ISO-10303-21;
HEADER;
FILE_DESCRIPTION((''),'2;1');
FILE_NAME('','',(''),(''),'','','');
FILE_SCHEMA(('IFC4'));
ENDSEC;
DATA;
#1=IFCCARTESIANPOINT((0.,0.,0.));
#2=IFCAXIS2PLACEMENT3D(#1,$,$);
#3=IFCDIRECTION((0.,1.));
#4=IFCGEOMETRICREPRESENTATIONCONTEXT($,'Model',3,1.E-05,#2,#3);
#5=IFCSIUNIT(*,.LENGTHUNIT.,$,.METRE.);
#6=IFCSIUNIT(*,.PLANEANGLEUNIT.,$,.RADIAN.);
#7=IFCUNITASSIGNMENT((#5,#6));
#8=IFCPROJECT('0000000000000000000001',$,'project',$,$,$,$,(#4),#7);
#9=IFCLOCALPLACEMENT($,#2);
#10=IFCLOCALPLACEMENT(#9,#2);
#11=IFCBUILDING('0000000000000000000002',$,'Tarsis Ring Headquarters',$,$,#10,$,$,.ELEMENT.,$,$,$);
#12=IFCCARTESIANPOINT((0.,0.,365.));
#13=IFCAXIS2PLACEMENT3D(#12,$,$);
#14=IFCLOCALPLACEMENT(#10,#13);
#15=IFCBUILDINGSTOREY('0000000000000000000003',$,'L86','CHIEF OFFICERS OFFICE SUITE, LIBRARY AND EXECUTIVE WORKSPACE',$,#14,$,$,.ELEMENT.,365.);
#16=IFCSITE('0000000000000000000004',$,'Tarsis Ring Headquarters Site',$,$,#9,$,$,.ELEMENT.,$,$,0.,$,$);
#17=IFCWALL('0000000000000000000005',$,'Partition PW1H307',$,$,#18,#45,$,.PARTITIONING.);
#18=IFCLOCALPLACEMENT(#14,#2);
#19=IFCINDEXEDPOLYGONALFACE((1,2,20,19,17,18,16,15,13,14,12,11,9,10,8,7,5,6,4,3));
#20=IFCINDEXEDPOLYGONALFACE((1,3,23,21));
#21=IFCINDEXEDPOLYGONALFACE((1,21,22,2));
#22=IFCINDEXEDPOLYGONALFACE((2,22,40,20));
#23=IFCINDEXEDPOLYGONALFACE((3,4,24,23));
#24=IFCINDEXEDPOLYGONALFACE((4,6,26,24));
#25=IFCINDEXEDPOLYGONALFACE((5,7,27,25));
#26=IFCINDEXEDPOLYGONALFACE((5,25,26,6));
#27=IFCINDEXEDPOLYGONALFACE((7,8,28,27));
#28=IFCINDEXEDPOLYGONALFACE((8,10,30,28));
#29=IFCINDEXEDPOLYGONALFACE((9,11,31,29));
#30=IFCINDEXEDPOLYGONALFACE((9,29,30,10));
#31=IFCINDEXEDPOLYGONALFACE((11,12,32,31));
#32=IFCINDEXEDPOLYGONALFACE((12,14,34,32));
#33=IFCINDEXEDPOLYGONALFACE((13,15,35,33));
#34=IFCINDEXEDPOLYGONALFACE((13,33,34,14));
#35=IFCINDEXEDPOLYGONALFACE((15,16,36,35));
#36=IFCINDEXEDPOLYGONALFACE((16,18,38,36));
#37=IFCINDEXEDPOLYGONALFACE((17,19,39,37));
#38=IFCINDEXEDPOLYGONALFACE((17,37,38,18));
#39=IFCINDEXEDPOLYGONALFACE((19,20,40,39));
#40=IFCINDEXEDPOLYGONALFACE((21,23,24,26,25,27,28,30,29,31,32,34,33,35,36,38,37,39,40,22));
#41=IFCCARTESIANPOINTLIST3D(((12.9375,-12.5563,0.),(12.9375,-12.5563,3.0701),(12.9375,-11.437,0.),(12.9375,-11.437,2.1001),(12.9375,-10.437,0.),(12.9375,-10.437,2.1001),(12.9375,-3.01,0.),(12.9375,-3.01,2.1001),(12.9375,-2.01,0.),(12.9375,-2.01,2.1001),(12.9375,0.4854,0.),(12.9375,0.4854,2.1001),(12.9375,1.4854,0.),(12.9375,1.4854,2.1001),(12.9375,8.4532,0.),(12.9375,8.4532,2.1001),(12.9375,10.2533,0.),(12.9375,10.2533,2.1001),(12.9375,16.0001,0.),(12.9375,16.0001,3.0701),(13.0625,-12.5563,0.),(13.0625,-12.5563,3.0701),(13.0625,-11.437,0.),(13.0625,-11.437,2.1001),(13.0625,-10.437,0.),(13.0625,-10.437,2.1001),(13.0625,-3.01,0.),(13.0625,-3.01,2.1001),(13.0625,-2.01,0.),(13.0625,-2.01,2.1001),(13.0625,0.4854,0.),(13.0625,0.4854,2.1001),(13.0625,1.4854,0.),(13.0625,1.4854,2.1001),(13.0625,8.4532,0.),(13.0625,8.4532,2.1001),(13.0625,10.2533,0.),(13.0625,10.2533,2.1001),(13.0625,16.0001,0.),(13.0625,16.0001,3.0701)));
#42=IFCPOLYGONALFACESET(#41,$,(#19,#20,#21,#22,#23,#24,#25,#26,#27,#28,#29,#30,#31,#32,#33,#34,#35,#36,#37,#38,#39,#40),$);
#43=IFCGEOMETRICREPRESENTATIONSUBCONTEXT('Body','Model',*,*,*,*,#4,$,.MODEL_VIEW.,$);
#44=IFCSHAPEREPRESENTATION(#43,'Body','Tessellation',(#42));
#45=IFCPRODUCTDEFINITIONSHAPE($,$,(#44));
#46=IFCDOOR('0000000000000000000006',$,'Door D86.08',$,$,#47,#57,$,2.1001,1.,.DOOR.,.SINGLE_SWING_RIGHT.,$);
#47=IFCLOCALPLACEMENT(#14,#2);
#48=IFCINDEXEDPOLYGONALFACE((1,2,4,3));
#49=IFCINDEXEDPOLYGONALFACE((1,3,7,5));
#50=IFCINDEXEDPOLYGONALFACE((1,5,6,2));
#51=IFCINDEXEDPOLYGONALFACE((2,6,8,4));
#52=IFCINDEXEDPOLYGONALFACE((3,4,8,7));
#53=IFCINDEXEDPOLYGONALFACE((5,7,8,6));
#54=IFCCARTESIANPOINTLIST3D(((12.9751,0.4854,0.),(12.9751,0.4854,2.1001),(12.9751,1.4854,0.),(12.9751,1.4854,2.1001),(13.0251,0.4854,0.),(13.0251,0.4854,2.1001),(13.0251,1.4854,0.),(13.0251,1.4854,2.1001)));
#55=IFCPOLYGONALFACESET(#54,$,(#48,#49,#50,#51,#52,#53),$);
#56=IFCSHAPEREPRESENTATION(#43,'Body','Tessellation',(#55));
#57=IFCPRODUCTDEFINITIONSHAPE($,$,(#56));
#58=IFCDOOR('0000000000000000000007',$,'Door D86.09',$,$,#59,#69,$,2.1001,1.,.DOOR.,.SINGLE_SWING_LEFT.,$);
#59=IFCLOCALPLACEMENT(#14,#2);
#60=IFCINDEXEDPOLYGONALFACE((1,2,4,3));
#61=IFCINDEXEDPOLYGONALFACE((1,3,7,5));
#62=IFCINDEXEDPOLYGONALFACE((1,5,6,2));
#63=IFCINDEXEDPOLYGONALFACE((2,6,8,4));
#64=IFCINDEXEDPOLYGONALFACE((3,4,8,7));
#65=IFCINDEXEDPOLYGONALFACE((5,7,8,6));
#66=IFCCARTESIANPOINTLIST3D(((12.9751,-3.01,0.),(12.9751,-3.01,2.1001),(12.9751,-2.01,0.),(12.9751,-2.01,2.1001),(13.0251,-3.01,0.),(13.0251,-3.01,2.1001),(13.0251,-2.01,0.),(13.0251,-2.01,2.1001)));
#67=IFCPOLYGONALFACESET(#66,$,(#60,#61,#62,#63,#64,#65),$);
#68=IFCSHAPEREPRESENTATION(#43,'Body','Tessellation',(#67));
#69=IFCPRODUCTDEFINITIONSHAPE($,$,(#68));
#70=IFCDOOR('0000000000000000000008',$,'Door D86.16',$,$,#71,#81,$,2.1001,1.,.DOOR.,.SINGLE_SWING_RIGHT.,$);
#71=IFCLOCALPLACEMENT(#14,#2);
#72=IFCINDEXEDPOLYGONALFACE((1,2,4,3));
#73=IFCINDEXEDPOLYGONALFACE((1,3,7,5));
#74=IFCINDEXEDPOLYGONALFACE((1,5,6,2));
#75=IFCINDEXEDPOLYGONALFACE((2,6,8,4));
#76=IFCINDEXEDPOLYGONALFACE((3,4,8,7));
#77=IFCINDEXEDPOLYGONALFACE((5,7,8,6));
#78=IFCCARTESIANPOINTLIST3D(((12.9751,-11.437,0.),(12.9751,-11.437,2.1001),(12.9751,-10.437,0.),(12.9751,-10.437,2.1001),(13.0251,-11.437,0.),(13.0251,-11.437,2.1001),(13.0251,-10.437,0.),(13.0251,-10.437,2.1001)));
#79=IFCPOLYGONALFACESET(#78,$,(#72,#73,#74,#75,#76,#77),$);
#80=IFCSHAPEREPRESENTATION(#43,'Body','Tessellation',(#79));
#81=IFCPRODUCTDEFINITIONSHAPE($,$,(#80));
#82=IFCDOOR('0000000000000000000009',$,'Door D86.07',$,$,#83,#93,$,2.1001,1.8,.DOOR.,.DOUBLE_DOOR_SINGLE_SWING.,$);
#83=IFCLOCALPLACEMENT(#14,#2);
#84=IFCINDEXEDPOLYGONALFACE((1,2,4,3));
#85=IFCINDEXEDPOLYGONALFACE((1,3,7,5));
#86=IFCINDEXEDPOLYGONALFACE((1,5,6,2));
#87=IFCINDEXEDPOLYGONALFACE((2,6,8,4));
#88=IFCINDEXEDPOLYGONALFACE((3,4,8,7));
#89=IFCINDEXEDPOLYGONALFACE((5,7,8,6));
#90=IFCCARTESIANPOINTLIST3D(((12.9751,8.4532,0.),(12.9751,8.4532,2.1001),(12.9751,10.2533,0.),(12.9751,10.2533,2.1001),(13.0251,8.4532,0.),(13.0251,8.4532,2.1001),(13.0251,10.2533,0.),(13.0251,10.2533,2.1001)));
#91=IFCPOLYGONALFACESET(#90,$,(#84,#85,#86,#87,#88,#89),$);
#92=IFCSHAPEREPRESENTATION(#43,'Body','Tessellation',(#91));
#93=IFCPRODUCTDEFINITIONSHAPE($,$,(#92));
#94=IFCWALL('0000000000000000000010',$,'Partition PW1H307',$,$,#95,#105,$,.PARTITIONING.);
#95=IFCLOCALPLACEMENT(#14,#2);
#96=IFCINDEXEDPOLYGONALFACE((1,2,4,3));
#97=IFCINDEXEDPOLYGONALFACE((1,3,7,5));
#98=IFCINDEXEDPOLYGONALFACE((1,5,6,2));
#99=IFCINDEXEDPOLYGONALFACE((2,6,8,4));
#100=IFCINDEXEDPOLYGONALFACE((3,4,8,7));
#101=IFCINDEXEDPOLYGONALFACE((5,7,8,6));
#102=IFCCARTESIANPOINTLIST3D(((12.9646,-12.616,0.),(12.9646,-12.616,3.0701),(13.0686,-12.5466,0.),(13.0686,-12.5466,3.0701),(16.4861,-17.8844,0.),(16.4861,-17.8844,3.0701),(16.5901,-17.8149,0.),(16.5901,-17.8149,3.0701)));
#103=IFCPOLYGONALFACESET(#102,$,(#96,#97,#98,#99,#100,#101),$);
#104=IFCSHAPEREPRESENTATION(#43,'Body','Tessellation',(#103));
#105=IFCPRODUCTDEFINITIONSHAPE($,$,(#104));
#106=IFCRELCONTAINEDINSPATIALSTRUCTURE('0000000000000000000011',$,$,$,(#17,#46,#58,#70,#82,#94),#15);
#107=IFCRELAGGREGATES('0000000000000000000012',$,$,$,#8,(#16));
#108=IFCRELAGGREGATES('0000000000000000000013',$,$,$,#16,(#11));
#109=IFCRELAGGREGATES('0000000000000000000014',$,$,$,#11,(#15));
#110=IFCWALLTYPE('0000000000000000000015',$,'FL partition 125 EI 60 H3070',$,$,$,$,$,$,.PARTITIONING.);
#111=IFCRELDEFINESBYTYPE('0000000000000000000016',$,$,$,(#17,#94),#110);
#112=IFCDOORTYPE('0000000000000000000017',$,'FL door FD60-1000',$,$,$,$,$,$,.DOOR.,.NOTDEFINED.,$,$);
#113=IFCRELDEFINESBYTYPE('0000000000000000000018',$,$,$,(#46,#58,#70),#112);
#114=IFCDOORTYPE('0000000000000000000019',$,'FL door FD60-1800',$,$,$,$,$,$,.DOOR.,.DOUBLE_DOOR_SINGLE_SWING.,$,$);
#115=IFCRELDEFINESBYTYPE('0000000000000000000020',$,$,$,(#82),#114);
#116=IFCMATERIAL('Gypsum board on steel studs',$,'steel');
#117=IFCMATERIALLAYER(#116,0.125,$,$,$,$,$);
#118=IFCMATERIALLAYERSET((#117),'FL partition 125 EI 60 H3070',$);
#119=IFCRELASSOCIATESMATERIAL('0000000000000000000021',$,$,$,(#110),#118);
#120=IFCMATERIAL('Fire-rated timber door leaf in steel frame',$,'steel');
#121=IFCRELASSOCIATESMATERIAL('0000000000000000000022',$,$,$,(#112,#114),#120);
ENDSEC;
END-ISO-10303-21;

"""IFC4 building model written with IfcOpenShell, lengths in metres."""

from ifc_helpers import new_model, si_unit, direction, frame, frame_2d, origin, place, context, subcontext, project, spatial, rectangle, extrude, material, layer, layer_set, type_object, element, fill, save


model = new_model("IFC4")

# Units and contexts
model_context = context("Model", 3, precision=1e-05, world=origin(), true_north=direction((0.0, 1.0)))
body_context = subcontext(model_context, "Body", "Model", "MODEL_VIEW")
ifc_project = project(units=[si_unit("LENGTHUNIT", "METRE"), si_unit("PLANEANGLEUNIT", "RADIAN")], contexts=[model_context])

# Site, building, storey
site_placement = place(None, origin())
site = spatial("IfcSite", under=ifc_project, at=site_placement, Name="Tarsis Ring Headquarters Site", CompositionType="ELEMENT", RefElevation=0.0)
building_placement = place(site_placement, origin())
building = spatial("IfcBuilding", under=site, at=building_placement, Name="Tarsis Ring Headquarters", CompositionType="ELEMENT")
storey_placement = place(building_placement, frame((0.0, 0.0, 365.0)))
storey = spatial("IfcBuildingStorey", under=building, at=storey_placement, Name="L86", Description="CHIEF OFFICERS OFFICE SUITE, LIBRARY AND EXECUTIVE WORKSPACE", CompositionType="ELEMENT", Elevation=365.0)

# Shared definitions
ifc_material_1 = material(Name="Gypsum board on steel studs", Category="steel")

# Wall, openings, doors
ifc_layer_1 = layer(ifc_material_1, 0.125)
ifc_layer_set_1 = layer_set([ifc_layer_1], Name="FL partition 125 EI 60 H3070")
wall_type_1 = type_object("IfcWallType", Name="FL partition 125 EI 60 H3070", PredefinedType="PARTITIONING", material=ifc_layer_set_1)
wall_1_placement = place(storey_placement, frame((13.0, -12.5564, 0.0), z_axis=(0.0, 0.0, 1.0), x_axis=(0.0, 1.0, 0.0)))
wall_1 = element("IfcWall", 1, at=wall_1_placement, inside=storey, type_object=wall_type_1, Name="Partition PW1H307", PredefinedType="PARTITIONING", context=body_context, shape_type="SweptSolid", body=[
    extrude(rectangle(XDim=28.5564, YDim=0.125, at=frame_2d((14.2783, 0.0))), origin(), (0.0, 0.0, 1.0), 3.0701),
])
opening_1_placement = place(wall_1_placement, frame((21.0098, 0.0, 0.0)))
opening_1 = element("IfcOpeningElement", 2, at=opening_1_placement, cuts=wall_1, PredefinedType="OPENING", context=body_context, shape_type="SweptSolid", body=[
    extrude(rectangle(XDim=1.8, YDim=2.1001, at=frame_2d((0.8999, 1.05))), frame((0.0, 0.0725, 0.0), z_axis=(0.0, -1.0, 0.0), x_axis=(1.0, 0.0, 0.0)), (0.0, 0.0, 1.0), 0.145),
])
opening_2_placement = place(wall_1_placement, frame((13.0417, 0.0, 0.0)))
opening_2 = element("IfcOpeningElement", 3, at=opening_2_placement, cuts=wall_1, PredefinedType="OPENING", context=body_context, shape_type="SweptSolid", body=[
    extrude(rectangle(XDim=1.0, YDim=2.1001, at=frame_2d((0.5, 1.05))), frame((0.0, 0.0725, 0.0), z_axis=(0.0, -1.0, 0.0), x_axis=(1.0, 0.0, 0.0)), (0.0, 0.0, 1.0), 0.145),
])
opening_3_placement = place(wall_1_placement, frame((9.5464, 0.0, 0.0)))
opening_3 = element("IfcOpeningElement", 4, at=opening_3_placement, cuts=wall_1, PredefinedType="OPENING", context=body_context, shape_type="SweptSolid", body=[
    extrude(rectangle(XDim=1.0, YDim=2.1001, at=frame_2d((0.5, 1.05))), frame((0.0, 0.0725, 0.0), z_axis=(0.0, -1.0, 0.0), x_axis=(1.0, 0.0, 0.0)), (0.0, 0.0, 1.0), 0.145),
])
opening_4_placement = place(wall_1_placement, frame((1.1194, 0.0, 0.0)))
opening_4 = element("IfcOpeningElement", 5, at=opening_4_placement, cuts=wall_1, PredefinedType="OPENING", context=body_context, shape_type="SweptSolid", body=[
    extrude(rectangle(XDim=1.0, YDim=2.1001, at=frame_2d((0.5, 1.05))), frame((0.0, 0.0725, 0.0), z_axis=(0.0, -1.0, 0.0), x_axis=(1.0, 0.0, 0.0)), (0.0, 0.0, 1.0), 0.145),
])
ifc_material_2 = material(Name="Fire-rated timber door leaf in steel frame", Category="steel")
door_type_1 = type_object("IfcDoorType", Name="FL door FD60-1000", OperationType="NOTDEFINED", PredefinedType="DOOR", material=ifc_material_2)
door_1_placement = place(opening_2_placement, origin())
door_1 = element("IfcDoor", 6, at=door_1_placement, inside=storey, type_object=door_type_1, Name="Door D86.08", OperationType="SINGLE_SWING_RIGHT", OverallHeight=2.1001, OverallWidth=1.0, PredefinedType="DOOR", context=body_context, shape_type="SweptSolid", body=[
    extrude(rectangle(XDim=1.0, YDim=2.1001, at=frame_2d((0.5, 1.05))), frame((0.0, 0.0249, 0.0), z_axis=(0.0, -1.0, 0.0), x_axis=(1.0, 0.0, 0.0)), (0.0, 0.0, 1.0), 0.05),
])
fill(opening_2, door_1)
door_2_placement = place(opening_3_placement, origin())
door_2 = element("IfcDoor", 7, at=door_2_placement, inside=storey, type_object=door_type_1, Name="Door D86.09", OperationType="SINGLE_SWING_LEFT", OverallHeight=2.1001, OverallWidth=1.0, PredefinedType="DOOR", context=body_context, shape_type="SweptSolid", body=[
    extrude(rectangle(XDim=1.0, YDim=2.1001, at=frame_2d((0.5, 1.05))), frame((0.0, 0.0249, 0.0), z_axis=(0.0, -1.0, 0.0), x_axis=(1.0, 0.0, 0.0)), (0.0, 0.0, 1.0), 0.05),
])
fill(opening_3, door_2)
door_3_placement = place(opening_4_placement, origin())
door_3 = element("IfcDoor", 8, at=door_3_placement, inside=storey, type_object=door_type_1, Name="Door D86.16", OperationType="SINGLE_SWING_RIGHT", OverallHeight=2.1001, OverallWidth=1.0, PredefinedType="DOOR", context=body_context, shape_type="SweptSolid", body=[
    extrude(rectangle(XDim=1.0, YDim=2.1001, at=frame_2d((0.5, 1.05))), frame((0.0, 0.0249, 0.0), z_axis=(0.0, -1.0, 0.0), x_axis=(1.0, 0.0, 0.0)), (0.0, 0.0, 1.0), 0.05),
])
fill(opening_4, door_3)
door_type_2 = type_object("IfcDoorType", Name="FL door FD60-1800", OperationType="DOUBLE_DOOR_SINGLE_SWING", PredefinedType="DOOR", material=ifc_material_2)
door_4_placement = place(opening_1_placement, origin())
door_4 = element("IfcDoor", 9, at=door_4_placement, inside=storey, type_object=door_type_2, Name="Door D86.07", OperationType="DOUBLE_DOOR_SINGLE_SWING", OverallHeight=2.1001, OverallWidth=1.8, PredefinedType="DOOR", context=body_context, shape_type="SweptSolid", body=[
    extrude(rectangle(XDim=1.8, YDim=2.1001, at=frame_2d((0.8999, 1.05))), frame((0.0, 0.0249, 0.0), z_axis=(0.0, -1.0, 0.0), x_axis=(1.0, 0.0, 0.0)), (0.0, 0.0, 1.0), 0.05),
])
fill(opening_1, door_4)

# Wall
wall_2_placement = place(storey_placement, frame((13.0166, -12.5813, 0.0), z_axis=(0.0, 0.0, 1.0), x_axis=(0.555713, -0.831374, 0.0)))
element("IfcWall", 10, at=wall_2_placement, inside=storey, type_object=wall_type_1, Name="Partition PW1H307", PredefinedType="PARTITIONING", context=body_context, shape_type="SweptSolid", body=[
    extrude(rectangle(XDim=6.3369, YDim=0.125, at=frame_2d((3.1685, 0.0))), origin(), (0.0, 0.0, 1.0), 3.0701),
])

save(model, "model.ifc")
